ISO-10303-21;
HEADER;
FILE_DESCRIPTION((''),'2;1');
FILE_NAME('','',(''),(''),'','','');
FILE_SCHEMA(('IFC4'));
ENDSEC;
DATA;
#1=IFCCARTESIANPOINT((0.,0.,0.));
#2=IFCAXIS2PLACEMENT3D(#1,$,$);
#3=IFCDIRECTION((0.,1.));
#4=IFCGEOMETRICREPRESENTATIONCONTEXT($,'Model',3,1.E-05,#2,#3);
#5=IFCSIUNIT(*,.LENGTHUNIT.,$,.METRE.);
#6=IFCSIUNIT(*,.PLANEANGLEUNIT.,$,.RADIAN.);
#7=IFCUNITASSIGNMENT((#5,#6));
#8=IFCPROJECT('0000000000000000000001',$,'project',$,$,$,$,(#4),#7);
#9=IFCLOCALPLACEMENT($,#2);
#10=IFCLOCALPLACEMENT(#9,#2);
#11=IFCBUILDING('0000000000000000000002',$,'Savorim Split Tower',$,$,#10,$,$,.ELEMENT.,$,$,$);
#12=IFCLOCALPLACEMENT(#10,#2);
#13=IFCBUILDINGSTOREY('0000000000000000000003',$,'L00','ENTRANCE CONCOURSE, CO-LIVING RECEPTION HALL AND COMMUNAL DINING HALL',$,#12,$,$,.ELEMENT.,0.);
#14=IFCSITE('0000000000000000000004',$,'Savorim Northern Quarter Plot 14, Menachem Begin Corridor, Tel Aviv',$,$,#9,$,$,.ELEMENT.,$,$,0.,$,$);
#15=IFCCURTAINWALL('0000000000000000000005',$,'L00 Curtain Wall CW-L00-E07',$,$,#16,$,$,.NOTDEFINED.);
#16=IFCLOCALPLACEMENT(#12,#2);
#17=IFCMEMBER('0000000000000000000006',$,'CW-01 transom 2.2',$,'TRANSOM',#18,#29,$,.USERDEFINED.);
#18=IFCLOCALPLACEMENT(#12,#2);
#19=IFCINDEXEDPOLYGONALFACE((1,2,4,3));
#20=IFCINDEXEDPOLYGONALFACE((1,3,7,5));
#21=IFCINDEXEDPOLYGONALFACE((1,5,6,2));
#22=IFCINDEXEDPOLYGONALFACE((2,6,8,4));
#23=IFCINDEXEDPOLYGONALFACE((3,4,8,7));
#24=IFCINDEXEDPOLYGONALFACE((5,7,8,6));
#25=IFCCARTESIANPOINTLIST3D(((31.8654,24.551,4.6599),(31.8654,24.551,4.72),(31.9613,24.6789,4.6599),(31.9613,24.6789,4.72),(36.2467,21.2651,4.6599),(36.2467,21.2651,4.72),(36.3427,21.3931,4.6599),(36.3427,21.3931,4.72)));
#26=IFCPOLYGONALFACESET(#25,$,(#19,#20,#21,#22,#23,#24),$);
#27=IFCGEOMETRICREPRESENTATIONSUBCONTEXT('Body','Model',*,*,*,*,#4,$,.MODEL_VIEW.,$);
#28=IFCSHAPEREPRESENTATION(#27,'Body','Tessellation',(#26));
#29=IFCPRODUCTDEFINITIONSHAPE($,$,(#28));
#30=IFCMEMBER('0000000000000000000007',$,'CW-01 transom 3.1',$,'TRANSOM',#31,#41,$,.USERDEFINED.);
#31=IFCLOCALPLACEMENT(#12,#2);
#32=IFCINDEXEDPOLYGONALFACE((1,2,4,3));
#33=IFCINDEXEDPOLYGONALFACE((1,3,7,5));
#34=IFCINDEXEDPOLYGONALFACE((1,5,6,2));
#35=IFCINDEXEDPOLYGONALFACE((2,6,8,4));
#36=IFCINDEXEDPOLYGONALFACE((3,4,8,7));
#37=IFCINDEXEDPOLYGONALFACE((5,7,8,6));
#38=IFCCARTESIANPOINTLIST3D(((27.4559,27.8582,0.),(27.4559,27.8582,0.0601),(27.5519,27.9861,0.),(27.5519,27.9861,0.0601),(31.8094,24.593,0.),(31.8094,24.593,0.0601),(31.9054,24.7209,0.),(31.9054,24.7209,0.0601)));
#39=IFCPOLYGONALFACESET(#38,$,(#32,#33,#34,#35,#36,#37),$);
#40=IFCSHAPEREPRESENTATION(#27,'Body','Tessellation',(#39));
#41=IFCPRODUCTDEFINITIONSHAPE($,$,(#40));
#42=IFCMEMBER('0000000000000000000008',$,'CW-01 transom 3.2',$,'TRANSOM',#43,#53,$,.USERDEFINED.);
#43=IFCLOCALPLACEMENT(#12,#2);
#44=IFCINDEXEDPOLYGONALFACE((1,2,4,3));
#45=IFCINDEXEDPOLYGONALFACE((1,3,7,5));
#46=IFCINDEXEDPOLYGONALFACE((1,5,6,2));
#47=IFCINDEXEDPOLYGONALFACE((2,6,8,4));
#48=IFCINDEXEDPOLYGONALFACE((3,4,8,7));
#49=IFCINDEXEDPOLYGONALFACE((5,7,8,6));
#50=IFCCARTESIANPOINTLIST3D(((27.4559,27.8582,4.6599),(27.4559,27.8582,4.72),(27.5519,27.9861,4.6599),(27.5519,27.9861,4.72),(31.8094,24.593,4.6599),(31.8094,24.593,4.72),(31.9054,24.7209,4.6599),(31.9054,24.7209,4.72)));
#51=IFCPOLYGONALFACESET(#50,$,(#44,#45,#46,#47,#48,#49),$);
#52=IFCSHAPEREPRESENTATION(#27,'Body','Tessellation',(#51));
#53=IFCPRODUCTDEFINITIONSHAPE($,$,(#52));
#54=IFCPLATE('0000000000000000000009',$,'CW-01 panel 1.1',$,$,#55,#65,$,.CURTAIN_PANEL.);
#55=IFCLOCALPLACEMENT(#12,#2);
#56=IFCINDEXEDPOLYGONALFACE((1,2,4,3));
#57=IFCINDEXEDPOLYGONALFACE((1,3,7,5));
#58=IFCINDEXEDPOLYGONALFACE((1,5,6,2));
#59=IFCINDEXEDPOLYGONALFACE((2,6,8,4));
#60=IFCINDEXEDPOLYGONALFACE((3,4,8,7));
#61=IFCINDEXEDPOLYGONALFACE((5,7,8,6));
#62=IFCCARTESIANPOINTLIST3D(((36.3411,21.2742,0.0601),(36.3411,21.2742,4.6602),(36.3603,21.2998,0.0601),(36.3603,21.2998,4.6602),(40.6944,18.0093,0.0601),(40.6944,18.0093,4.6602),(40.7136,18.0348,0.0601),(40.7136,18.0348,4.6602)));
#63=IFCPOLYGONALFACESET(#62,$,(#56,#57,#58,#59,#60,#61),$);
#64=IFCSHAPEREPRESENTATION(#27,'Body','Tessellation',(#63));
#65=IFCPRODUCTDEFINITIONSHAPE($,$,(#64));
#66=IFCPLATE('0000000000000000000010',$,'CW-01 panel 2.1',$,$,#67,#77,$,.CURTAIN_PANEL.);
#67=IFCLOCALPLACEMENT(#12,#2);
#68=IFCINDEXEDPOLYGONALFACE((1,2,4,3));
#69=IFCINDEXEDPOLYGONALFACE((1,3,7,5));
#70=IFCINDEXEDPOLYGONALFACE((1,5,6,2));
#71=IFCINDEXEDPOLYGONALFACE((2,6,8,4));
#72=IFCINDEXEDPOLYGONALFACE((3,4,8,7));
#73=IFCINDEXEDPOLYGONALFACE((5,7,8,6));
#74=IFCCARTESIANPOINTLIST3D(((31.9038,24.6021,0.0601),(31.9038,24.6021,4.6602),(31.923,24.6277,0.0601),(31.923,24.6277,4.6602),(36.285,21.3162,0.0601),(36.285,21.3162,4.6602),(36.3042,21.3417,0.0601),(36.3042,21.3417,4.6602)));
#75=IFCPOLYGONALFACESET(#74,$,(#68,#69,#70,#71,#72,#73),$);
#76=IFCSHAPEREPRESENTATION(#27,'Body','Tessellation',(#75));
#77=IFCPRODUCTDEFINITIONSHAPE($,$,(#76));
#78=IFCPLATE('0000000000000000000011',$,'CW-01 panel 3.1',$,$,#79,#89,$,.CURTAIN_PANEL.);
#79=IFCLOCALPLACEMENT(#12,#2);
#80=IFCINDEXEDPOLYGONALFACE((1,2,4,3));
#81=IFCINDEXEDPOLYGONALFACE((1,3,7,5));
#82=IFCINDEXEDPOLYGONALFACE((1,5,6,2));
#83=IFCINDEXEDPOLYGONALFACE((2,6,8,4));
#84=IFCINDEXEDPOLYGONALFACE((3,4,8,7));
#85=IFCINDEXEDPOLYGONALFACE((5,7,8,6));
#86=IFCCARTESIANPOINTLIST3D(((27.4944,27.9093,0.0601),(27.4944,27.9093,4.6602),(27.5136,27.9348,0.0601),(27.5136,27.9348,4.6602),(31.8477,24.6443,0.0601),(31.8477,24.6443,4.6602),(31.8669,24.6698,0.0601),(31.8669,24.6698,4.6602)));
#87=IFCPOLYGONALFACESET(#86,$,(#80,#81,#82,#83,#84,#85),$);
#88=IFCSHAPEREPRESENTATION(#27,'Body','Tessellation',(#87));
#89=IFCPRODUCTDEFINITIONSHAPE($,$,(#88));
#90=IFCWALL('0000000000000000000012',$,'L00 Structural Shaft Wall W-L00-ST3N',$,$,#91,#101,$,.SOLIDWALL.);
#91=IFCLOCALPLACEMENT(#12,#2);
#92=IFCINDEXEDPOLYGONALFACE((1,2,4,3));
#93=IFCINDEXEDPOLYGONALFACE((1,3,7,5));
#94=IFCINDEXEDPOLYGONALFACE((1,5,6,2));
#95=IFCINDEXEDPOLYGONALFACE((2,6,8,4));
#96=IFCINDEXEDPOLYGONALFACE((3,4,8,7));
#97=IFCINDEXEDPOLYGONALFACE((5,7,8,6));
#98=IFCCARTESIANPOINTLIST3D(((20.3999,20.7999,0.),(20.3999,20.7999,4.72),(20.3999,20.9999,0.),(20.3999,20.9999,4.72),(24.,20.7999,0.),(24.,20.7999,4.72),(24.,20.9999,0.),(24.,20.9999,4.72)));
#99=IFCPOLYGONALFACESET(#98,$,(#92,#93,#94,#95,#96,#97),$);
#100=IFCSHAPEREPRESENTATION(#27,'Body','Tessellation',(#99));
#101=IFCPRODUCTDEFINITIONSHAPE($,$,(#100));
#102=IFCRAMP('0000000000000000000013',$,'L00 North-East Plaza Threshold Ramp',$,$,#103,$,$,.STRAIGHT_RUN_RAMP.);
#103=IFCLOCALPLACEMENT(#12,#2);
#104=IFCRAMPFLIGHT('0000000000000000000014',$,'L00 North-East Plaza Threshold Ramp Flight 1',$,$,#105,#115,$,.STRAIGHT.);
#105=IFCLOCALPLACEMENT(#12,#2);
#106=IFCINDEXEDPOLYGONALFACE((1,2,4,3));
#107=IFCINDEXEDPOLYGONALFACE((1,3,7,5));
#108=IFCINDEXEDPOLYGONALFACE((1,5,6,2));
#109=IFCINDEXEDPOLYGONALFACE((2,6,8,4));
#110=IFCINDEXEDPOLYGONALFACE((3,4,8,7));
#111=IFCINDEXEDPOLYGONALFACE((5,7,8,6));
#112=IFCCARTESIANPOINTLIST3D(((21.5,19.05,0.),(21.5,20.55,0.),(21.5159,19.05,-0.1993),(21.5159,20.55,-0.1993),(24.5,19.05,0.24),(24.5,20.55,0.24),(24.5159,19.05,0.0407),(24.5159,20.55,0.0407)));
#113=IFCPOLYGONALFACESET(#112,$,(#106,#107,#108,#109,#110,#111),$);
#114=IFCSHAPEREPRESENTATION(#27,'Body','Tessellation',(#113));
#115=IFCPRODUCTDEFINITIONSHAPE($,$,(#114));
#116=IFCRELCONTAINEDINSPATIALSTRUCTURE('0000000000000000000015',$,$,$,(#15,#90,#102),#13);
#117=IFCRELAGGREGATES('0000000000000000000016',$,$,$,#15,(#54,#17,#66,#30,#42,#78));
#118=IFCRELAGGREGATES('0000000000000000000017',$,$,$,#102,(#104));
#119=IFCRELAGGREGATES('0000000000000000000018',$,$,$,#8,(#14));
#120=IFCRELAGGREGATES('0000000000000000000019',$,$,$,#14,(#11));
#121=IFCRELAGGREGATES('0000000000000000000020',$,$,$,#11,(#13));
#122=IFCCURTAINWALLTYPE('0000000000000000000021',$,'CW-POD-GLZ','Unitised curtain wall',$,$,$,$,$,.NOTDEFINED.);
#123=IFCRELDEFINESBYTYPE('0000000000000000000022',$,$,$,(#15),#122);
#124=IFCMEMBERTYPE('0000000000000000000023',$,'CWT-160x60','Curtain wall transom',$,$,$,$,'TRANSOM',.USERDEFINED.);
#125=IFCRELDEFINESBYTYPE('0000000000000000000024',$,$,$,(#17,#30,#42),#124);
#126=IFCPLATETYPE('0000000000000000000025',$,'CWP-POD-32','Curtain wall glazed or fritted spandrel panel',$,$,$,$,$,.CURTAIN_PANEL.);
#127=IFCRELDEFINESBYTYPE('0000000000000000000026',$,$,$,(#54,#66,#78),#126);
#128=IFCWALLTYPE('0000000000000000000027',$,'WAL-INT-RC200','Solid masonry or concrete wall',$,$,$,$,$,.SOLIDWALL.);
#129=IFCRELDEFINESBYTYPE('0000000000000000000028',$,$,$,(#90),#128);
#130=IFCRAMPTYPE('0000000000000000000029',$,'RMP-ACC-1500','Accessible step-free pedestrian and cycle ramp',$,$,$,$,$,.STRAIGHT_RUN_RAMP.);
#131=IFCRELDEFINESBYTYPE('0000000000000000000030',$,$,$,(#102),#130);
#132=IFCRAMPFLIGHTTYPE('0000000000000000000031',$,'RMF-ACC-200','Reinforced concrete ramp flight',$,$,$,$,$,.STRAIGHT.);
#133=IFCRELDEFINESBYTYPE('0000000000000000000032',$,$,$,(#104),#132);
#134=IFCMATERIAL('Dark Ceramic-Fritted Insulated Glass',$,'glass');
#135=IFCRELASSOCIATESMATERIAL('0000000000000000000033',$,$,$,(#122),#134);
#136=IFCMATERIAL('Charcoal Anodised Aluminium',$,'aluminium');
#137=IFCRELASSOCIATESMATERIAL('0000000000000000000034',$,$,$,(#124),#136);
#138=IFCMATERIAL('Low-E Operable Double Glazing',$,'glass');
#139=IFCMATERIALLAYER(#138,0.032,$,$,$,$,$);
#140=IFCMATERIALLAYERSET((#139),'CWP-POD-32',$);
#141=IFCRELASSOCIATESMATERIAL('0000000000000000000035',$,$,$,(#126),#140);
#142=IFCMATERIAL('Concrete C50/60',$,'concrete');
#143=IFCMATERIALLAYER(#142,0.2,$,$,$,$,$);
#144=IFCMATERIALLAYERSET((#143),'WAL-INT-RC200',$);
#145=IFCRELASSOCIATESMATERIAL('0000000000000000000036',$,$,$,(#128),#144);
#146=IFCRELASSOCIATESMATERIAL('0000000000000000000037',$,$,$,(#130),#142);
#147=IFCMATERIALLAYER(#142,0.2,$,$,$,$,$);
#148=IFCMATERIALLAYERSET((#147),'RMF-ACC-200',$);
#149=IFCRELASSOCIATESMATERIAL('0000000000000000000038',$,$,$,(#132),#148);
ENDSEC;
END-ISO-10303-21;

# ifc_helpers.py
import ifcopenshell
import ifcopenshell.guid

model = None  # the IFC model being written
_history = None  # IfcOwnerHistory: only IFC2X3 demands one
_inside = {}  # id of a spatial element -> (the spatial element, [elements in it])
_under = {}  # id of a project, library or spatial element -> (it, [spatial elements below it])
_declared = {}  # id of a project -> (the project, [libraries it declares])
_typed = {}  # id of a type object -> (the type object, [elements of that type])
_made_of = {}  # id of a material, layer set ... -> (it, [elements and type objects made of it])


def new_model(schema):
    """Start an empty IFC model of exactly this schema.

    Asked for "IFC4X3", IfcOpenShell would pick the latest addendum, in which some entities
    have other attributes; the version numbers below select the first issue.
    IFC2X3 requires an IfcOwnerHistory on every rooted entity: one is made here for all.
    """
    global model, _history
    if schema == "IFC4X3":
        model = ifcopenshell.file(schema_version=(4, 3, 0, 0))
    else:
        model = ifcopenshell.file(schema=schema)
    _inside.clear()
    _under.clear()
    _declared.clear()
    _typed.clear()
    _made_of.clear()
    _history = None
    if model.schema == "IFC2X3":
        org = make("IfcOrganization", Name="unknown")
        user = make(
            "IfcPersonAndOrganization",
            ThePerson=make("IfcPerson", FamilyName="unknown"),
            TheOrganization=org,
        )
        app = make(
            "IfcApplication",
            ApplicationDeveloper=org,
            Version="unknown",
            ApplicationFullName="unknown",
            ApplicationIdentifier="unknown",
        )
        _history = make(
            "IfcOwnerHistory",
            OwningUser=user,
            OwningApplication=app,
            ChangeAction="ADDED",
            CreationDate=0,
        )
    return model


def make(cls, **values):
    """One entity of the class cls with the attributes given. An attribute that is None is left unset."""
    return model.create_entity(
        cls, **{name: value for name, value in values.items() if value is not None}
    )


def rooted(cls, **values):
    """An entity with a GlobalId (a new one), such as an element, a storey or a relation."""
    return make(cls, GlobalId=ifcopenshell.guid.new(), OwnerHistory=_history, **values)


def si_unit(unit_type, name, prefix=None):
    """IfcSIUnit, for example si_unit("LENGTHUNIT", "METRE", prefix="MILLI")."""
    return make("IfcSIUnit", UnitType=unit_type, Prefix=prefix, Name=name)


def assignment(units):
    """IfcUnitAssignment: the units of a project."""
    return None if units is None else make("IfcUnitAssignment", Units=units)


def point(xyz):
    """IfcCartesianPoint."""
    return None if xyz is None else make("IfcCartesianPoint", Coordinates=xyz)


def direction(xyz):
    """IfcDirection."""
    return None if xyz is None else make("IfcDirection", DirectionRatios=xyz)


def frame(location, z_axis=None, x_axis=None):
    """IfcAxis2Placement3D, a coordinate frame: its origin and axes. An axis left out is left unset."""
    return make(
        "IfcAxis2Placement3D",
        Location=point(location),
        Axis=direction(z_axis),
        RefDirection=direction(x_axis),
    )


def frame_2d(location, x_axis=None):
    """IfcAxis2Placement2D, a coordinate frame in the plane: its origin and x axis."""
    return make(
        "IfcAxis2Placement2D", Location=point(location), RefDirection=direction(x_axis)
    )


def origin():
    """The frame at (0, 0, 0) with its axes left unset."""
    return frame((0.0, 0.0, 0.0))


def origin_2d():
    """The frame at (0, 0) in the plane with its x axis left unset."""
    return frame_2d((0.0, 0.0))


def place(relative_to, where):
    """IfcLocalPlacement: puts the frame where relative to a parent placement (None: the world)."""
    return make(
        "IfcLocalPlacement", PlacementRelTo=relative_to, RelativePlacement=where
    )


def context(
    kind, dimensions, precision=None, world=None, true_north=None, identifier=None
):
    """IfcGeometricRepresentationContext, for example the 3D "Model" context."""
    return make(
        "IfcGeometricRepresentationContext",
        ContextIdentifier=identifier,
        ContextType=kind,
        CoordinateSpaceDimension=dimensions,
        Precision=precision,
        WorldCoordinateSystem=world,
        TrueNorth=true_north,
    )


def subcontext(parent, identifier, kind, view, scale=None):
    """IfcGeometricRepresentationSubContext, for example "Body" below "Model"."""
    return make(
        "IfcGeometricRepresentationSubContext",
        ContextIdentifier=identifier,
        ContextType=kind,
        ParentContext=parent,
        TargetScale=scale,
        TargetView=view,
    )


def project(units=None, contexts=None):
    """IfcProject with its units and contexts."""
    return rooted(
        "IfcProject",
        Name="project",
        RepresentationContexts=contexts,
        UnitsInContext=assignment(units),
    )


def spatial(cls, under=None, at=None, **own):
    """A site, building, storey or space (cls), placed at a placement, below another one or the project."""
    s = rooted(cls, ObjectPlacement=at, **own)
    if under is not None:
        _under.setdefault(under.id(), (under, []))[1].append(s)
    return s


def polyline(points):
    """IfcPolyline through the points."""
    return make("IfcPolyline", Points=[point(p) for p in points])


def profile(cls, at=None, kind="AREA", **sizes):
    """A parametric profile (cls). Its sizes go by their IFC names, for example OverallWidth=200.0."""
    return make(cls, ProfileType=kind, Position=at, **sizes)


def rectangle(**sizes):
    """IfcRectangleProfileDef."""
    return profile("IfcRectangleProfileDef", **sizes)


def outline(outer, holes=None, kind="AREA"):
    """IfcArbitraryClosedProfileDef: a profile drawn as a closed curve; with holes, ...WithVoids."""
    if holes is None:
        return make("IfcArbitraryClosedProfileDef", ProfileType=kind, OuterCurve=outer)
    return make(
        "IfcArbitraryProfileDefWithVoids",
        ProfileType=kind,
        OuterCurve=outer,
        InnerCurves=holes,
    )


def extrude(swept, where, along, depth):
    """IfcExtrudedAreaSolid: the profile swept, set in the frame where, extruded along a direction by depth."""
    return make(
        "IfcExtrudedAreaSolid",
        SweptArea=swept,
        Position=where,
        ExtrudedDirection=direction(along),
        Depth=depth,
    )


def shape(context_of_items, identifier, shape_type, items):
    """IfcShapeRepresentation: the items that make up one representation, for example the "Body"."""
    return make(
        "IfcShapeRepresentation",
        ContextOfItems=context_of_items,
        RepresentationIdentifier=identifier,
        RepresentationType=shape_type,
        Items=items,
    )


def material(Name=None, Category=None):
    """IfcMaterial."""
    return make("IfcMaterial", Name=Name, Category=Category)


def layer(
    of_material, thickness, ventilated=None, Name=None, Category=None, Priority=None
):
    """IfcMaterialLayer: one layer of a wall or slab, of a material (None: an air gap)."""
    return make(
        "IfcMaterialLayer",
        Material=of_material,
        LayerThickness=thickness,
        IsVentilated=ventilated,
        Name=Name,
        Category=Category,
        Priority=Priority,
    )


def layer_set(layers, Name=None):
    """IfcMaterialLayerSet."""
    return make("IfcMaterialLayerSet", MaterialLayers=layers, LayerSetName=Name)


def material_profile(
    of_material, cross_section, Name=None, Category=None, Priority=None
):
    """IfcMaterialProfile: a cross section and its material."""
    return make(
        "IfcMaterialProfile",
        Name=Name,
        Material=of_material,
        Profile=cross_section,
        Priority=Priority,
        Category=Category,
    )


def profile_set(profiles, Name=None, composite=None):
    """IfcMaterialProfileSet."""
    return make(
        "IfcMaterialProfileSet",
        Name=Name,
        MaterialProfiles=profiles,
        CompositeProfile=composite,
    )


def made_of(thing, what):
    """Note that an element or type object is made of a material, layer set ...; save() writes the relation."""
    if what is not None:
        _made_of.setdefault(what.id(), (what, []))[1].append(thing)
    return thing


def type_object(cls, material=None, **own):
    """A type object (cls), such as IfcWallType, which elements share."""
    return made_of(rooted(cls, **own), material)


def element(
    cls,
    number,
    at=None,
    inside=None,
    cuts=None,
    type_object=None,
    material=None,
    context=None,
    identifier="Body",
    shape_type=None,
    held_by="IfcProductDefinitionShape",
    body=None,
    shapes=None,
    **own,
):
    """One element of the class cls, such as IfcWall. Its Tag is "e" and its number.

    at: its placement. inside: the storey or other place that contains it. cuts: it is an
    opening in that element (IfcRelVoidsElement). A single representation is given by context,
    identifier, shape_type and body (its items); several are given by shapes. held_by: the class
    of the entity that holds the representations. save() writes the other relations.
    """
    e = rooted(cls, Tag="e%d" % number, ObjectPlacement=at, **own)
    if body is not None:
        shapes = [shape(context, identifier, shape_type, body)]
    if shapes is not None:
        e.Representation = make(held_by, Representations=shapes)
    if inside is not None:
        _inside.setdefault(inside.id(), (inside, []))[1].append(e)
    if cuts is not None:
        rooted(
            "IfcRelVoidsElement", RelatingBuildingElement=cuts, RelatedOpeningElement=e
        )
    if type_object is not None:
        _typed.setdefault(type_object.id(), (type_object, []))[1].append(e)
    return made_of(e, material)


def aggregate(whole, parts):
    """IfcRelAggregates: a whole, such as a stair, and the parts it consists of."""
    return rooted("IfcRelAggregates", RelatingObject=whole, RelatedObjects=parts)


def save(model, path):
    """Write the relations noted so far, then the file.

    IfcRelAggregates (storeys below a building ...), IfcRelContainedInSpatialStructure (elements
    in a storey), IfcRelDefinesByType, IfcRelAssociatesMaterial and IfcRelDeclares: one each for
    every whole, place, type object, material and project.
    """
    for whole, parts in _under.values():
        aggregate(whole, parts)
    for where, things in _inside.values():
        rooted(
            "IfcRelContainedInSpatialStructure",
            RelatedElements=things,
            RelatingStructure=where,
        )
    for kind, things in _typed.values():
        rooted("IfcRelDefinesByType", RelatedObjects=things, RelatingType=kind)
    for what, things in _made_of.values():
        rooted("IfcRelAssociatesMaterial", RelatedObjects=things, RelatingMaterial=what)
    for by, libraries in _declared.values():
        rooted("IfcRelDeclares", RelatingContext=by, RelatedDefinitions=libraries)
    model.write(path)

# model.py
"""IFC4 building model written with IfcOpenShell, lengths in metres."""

from ifc_helpers import new_model, si_unit, direction, frame, frame_2d, origin, origin_2d, place, context, subcontext, project, spatial, polyline, rectangle, outline, extrude, material, layer, layer_set, material_profile, profile_set, type_object, element, aggregate, save


model = new_model("IFC4")

# Units and contexts
model_context = context("Model", 3, precision=1e-05, world=origin(), true_north=direction((0.0, 1.0)))
body_context = subcontext(model_context, "Body", "Model", "MODEL_VIEW")
ifc_project = project(units=[si_unit("LENGTHUNIT", "METRE"), si_unit("PLANEANGLEUNIT", "RADIAN")], contexts=[model_context])

# Site, building, storey
site_placement = place(None, origin())
site = spatial("IfcSite", under=ifc_project, at=site_placement, Name="Savorim Northern Quarter Plot 14, Menachem Begin Corridor, Tel Aviv", CompositionType="ELEMENT", RefElevation=0.0)
building_placement = place(site_placement, origin())
building = spatial("IfcBuilding", under=site, at=building_placement, Name="Savorim Split Tower", CompositionType="ELEMENT")
storey_placement = place(building_placement, origin())
storey = spatial("IfcBuildingStorey", under=building, at=storey_placement, Name="L00", Description="ENTRANCE CONCOURSE, CO-LIVING RECEPTION HALL AND COMMUNAL DINING HALL", CompositionType="ELEMENT", Elevation=0.0)

# Curtain wall, members, plates
ifc_material_1 = material(Name="Dark Ceramic-Fritted Insulated Glass", Category="glass")
curtain_wall_type = type_object("IfcCurtainWallType", Name="CW-POD-GLZ", Description="Unitised curtain wall", PredefinedType="NOTDEFINED", material=ifc_material_1)
curtain_wall_placement = place(storey_placement, origin())
curtain_wall = element("IfcCurtainWall", 1, at=curtain_wall_placement, inside=storey, type_object=curtain_wall_type, Name="L00 Curtain Wall CW-L00-E07", PredefinedType="NOTDEFINED")
ifc_material_2 = material(Name="Charcoal Anodised Aluminium", Category="aluminium")
ifc_material_profile_1 = material_profile(ifc_material_2, rectangle(XDim=0.1599, YDim=0.0601, at=origin_2d()), Name="ALU-T 160x60")
ifc_profile_set_1 = profile_set([ifc_material_profile_1], Name="Charcoal Anodised Aluminium")
member_type_1 = type_object("IfcMemberType", Name="CWT-160x60", Description="Curtain wall transom", ElementType="TRANSOM", PredefinedType="USERDEFINED", material=ifc_profile_set_1)
member_1_placement = place(storey_placement, frame((36.2947, 21.3291, 4.6899), z_axis=(-0.800011, 0.599986, 0.0), x_axis=(-0.599986, -0.800011, 0.0)))
member_1 = element("IfcMember", 2, at=member_1_placement, type_object=member_type_1, Name="CW-01 transom 2.2", ObjectType="TRANSOM", PredefinedType="USERDEFINED", context=body_context, shape_type="SweptSolid", body=[
    extrude(rectangle(XDim=0.1599, YDim=0.0601, at=origin_2d()), origin(), (0.0, 0.0, 1.0), 5.4766),
])
member_2_placement = place(storey_placement, frame((31.8574, 24.657, 0.03), z_axis=(-0.8, 0.6, 0.0), x_axis=(-0.6, -0.8, 0.0)))
member_2 = element("IfcMember", 3, at=member_2_placement, type_object=member_type_1, Name="CW-01 transom 3.1", ObjectType="TRANSOM", PredefinedType="USERDEFINED", context=body_context, shape_type="SweptSolid", body=[
    extrude(rectangle(XDim=0.1599, YDim=0.0601, at=origin_2d()), origin(), (0.0, 0.0, 1.0), 5.4419),
])
member_3_placement = place(storey_placement, frame((31.8574, 24.657, 4.6899), z_axis=(-0.8, 0.6, 0.0), x_axis=(-0.6, -0.8, 0.0)))
member_3 = element("IfcMember", 4, at=member_3_placement, type_object=member_type_1, Name="CW-01 transom 3.2", ObjectType="TRANSOM", PredefinedType="USERDEFINED", context=body_context, shape_type="SweptSolid", body=[
    extrude(rectangle(XDim=0.1599, YDim=0.0601, at=origin_2d()), origin(), (0.0, 0.0, 1.0), 5.4419),
])
ifc_material_3 = material(Name="Low-E Operable Double Glazing", Category="glass")
ifc_layer_1 = layer(ifc_material_3, 0.032)
ifc_layer_set_1 = layer_set([ifc_layer_1], Name="CWP-POD-32")
plate_type = type_object("IfcPlateType", Name="CWP-POD-32", Description="Curtain wall glazed or fritted spandrel panel", PredefinedType="CURTAIN_PANEL", material=ifc_layer_set_1)
plate_1_placement = place(storey_placement, frame((38.5273, 19.6545, 0.0601), z_axis=(0.0, 0.0, 1.0), x_axis=(-0.8, 0.6, 0.0)))
plate_1 = element("IfcPlate", 5, at=plate_1_placement, type_object=plate_type, Name="CW-01 panel 1.1", PredefinedType="CURTAIN_PANEL", context=body_context, shape_type="SweptSolid", body=[
    extrude(rectangle(XDim=5.4417, YDim=0.032, at=origin_2d()), origin(), (0.0, 0.0, 1.0), 4.6001),
])
plate_2_placement = place(storey_placement, frame((34.104, 22.9719, 0.0601), z_axis=(0.0, 0.0, 1.0), x_axis=(-0.8, 0.6, 0.0)))
plate_2 = element("IfcPlate", 6, at=plate_2_placement, type_object=plate_type, Name="CW-01 panel 2.1", PredefinedType="CURTAIN_PANEL", context=body_context, shape_type="SweptSolid", body=[
    extrude(rectangle(XDim=5.4766, YDim=0.032, at=origin_2d()), origin(), (0.0, 0.0, 1.0), 4.6001),
])
plate_3_placement = place(storey_placement, frame((29.6807, 26.2896, 0.0601), z_axis=(0.0, 0.0, 1.0), x_axis=(-0.8, 0.6, 0.0)))
plate_3 = element("IfcPlate", 7, at=plate_3_placement, type_object=plate_type, Name="CW-01 panel 3.1", PredefinedType="CURTAIN_PANEL", context=body_context, shape_type="SweptSolid", body=[
    extrude(rectangle(XDim=5.4417, YDim=0.032, at=origin_2d()), origin(), (0.0, 0.0, 1.0), 4.6001),
])
aggregate(curtain_wall, [plate_1, member_1, plate_2, member_2, member_3, plate_3])

# Wall
ifc_material_4 = material(Name="Concrete C50/60", Category="concrete")
ifc_layer_2 = layer(ifc_material_4, 0.2)
ifc_layer_set_2 = layer_set([ifc_layer_2], Name="WAL-INT-RC200")
wall_type = type_object("IfcWallType", Name="WAL-INT-RC200", Description="Solid masonry or concrete wall", PredefinedType="SOLIDWALL", material=ifc_layer_set_2)
wall_placement = place(storey_placement, frame((20.3999, 20.8999, 0.0), z_axis=(0.0, 0.0, 1.0), x_axis=(1.0, 0.0, 0.0)))
element("IfcWall", 8, at=wall_placement, inside=storey, type_object=wall_type, Name="L00 Structural Shaft Wall W-L00-ST3N", PredefinedType="SOLIDWALL", context=body_context, shape_type="SweptSolid", body=[
    extrude(rectangle(XDim=3.6001, YDim=0.2, at=frame_2d((1.8, 0.0))), origin(), (0.0, 0.0, 1.0), 4.72),
])

# Ramp, ramp flight
ramp_type = type_object("IfcRampType", Name="RMP-ACC-1500", Description="Accessible step-free pedestrian and cycle ramp", PredefinedType="STRAIGHT_RUN_RAMP", material=ifc_material_4)
ramp_placement = place(storey_placement, origin())
ramp = element("IfcRamp", 9, at=ramp_placement, inside=storey, type_object=ramp_type, Name="L00 North-East Plaza Threshold Ramp", PredefinedType="STRAIGHT_RUN_RAMP")
ifc_layer_3 = layer(ifc_material_4, 0.2)
ifc_layer_set_3 = layer_set([ifc_layer_3], Name="RMF-ACC-200")
ramp_flight_type = type_object("IfcRampFlightType", Name="RMF-ACC-200", Description="Reinforced concrete ramp flight", PredefinedType="STRAIGHT", material=ifc_layer_set_3)
ramp_flight_placement = place(storey_placement, frame((21.5, 19.05, 0.0), z_axis=(-0.079742, 0.0, 0.996816), x_axis=(0.996816, 0.0, 0.079742)))
ramp_flight = element("IfcRampFlight", 10, at=ramp_flight_placement, type_object=ramp_flight_type, Name="L00 North-East Plaza Threshold Ramp Flight 1", PredefinedType="STRAIGHT", context=body_context, shape_type="SweptSolid", body=[
    extrude(outline(polyline([(0.0, 0.0), (3.0096, 0.0), (3.0096, 1.5), (0.0, 1.5), (0.0, 0.0)])), origin(), (0.0, 0.0, -1.0), 0.2),
])
aggregate(ramp, [ramp_flight])

save(model, "model.ifc")
